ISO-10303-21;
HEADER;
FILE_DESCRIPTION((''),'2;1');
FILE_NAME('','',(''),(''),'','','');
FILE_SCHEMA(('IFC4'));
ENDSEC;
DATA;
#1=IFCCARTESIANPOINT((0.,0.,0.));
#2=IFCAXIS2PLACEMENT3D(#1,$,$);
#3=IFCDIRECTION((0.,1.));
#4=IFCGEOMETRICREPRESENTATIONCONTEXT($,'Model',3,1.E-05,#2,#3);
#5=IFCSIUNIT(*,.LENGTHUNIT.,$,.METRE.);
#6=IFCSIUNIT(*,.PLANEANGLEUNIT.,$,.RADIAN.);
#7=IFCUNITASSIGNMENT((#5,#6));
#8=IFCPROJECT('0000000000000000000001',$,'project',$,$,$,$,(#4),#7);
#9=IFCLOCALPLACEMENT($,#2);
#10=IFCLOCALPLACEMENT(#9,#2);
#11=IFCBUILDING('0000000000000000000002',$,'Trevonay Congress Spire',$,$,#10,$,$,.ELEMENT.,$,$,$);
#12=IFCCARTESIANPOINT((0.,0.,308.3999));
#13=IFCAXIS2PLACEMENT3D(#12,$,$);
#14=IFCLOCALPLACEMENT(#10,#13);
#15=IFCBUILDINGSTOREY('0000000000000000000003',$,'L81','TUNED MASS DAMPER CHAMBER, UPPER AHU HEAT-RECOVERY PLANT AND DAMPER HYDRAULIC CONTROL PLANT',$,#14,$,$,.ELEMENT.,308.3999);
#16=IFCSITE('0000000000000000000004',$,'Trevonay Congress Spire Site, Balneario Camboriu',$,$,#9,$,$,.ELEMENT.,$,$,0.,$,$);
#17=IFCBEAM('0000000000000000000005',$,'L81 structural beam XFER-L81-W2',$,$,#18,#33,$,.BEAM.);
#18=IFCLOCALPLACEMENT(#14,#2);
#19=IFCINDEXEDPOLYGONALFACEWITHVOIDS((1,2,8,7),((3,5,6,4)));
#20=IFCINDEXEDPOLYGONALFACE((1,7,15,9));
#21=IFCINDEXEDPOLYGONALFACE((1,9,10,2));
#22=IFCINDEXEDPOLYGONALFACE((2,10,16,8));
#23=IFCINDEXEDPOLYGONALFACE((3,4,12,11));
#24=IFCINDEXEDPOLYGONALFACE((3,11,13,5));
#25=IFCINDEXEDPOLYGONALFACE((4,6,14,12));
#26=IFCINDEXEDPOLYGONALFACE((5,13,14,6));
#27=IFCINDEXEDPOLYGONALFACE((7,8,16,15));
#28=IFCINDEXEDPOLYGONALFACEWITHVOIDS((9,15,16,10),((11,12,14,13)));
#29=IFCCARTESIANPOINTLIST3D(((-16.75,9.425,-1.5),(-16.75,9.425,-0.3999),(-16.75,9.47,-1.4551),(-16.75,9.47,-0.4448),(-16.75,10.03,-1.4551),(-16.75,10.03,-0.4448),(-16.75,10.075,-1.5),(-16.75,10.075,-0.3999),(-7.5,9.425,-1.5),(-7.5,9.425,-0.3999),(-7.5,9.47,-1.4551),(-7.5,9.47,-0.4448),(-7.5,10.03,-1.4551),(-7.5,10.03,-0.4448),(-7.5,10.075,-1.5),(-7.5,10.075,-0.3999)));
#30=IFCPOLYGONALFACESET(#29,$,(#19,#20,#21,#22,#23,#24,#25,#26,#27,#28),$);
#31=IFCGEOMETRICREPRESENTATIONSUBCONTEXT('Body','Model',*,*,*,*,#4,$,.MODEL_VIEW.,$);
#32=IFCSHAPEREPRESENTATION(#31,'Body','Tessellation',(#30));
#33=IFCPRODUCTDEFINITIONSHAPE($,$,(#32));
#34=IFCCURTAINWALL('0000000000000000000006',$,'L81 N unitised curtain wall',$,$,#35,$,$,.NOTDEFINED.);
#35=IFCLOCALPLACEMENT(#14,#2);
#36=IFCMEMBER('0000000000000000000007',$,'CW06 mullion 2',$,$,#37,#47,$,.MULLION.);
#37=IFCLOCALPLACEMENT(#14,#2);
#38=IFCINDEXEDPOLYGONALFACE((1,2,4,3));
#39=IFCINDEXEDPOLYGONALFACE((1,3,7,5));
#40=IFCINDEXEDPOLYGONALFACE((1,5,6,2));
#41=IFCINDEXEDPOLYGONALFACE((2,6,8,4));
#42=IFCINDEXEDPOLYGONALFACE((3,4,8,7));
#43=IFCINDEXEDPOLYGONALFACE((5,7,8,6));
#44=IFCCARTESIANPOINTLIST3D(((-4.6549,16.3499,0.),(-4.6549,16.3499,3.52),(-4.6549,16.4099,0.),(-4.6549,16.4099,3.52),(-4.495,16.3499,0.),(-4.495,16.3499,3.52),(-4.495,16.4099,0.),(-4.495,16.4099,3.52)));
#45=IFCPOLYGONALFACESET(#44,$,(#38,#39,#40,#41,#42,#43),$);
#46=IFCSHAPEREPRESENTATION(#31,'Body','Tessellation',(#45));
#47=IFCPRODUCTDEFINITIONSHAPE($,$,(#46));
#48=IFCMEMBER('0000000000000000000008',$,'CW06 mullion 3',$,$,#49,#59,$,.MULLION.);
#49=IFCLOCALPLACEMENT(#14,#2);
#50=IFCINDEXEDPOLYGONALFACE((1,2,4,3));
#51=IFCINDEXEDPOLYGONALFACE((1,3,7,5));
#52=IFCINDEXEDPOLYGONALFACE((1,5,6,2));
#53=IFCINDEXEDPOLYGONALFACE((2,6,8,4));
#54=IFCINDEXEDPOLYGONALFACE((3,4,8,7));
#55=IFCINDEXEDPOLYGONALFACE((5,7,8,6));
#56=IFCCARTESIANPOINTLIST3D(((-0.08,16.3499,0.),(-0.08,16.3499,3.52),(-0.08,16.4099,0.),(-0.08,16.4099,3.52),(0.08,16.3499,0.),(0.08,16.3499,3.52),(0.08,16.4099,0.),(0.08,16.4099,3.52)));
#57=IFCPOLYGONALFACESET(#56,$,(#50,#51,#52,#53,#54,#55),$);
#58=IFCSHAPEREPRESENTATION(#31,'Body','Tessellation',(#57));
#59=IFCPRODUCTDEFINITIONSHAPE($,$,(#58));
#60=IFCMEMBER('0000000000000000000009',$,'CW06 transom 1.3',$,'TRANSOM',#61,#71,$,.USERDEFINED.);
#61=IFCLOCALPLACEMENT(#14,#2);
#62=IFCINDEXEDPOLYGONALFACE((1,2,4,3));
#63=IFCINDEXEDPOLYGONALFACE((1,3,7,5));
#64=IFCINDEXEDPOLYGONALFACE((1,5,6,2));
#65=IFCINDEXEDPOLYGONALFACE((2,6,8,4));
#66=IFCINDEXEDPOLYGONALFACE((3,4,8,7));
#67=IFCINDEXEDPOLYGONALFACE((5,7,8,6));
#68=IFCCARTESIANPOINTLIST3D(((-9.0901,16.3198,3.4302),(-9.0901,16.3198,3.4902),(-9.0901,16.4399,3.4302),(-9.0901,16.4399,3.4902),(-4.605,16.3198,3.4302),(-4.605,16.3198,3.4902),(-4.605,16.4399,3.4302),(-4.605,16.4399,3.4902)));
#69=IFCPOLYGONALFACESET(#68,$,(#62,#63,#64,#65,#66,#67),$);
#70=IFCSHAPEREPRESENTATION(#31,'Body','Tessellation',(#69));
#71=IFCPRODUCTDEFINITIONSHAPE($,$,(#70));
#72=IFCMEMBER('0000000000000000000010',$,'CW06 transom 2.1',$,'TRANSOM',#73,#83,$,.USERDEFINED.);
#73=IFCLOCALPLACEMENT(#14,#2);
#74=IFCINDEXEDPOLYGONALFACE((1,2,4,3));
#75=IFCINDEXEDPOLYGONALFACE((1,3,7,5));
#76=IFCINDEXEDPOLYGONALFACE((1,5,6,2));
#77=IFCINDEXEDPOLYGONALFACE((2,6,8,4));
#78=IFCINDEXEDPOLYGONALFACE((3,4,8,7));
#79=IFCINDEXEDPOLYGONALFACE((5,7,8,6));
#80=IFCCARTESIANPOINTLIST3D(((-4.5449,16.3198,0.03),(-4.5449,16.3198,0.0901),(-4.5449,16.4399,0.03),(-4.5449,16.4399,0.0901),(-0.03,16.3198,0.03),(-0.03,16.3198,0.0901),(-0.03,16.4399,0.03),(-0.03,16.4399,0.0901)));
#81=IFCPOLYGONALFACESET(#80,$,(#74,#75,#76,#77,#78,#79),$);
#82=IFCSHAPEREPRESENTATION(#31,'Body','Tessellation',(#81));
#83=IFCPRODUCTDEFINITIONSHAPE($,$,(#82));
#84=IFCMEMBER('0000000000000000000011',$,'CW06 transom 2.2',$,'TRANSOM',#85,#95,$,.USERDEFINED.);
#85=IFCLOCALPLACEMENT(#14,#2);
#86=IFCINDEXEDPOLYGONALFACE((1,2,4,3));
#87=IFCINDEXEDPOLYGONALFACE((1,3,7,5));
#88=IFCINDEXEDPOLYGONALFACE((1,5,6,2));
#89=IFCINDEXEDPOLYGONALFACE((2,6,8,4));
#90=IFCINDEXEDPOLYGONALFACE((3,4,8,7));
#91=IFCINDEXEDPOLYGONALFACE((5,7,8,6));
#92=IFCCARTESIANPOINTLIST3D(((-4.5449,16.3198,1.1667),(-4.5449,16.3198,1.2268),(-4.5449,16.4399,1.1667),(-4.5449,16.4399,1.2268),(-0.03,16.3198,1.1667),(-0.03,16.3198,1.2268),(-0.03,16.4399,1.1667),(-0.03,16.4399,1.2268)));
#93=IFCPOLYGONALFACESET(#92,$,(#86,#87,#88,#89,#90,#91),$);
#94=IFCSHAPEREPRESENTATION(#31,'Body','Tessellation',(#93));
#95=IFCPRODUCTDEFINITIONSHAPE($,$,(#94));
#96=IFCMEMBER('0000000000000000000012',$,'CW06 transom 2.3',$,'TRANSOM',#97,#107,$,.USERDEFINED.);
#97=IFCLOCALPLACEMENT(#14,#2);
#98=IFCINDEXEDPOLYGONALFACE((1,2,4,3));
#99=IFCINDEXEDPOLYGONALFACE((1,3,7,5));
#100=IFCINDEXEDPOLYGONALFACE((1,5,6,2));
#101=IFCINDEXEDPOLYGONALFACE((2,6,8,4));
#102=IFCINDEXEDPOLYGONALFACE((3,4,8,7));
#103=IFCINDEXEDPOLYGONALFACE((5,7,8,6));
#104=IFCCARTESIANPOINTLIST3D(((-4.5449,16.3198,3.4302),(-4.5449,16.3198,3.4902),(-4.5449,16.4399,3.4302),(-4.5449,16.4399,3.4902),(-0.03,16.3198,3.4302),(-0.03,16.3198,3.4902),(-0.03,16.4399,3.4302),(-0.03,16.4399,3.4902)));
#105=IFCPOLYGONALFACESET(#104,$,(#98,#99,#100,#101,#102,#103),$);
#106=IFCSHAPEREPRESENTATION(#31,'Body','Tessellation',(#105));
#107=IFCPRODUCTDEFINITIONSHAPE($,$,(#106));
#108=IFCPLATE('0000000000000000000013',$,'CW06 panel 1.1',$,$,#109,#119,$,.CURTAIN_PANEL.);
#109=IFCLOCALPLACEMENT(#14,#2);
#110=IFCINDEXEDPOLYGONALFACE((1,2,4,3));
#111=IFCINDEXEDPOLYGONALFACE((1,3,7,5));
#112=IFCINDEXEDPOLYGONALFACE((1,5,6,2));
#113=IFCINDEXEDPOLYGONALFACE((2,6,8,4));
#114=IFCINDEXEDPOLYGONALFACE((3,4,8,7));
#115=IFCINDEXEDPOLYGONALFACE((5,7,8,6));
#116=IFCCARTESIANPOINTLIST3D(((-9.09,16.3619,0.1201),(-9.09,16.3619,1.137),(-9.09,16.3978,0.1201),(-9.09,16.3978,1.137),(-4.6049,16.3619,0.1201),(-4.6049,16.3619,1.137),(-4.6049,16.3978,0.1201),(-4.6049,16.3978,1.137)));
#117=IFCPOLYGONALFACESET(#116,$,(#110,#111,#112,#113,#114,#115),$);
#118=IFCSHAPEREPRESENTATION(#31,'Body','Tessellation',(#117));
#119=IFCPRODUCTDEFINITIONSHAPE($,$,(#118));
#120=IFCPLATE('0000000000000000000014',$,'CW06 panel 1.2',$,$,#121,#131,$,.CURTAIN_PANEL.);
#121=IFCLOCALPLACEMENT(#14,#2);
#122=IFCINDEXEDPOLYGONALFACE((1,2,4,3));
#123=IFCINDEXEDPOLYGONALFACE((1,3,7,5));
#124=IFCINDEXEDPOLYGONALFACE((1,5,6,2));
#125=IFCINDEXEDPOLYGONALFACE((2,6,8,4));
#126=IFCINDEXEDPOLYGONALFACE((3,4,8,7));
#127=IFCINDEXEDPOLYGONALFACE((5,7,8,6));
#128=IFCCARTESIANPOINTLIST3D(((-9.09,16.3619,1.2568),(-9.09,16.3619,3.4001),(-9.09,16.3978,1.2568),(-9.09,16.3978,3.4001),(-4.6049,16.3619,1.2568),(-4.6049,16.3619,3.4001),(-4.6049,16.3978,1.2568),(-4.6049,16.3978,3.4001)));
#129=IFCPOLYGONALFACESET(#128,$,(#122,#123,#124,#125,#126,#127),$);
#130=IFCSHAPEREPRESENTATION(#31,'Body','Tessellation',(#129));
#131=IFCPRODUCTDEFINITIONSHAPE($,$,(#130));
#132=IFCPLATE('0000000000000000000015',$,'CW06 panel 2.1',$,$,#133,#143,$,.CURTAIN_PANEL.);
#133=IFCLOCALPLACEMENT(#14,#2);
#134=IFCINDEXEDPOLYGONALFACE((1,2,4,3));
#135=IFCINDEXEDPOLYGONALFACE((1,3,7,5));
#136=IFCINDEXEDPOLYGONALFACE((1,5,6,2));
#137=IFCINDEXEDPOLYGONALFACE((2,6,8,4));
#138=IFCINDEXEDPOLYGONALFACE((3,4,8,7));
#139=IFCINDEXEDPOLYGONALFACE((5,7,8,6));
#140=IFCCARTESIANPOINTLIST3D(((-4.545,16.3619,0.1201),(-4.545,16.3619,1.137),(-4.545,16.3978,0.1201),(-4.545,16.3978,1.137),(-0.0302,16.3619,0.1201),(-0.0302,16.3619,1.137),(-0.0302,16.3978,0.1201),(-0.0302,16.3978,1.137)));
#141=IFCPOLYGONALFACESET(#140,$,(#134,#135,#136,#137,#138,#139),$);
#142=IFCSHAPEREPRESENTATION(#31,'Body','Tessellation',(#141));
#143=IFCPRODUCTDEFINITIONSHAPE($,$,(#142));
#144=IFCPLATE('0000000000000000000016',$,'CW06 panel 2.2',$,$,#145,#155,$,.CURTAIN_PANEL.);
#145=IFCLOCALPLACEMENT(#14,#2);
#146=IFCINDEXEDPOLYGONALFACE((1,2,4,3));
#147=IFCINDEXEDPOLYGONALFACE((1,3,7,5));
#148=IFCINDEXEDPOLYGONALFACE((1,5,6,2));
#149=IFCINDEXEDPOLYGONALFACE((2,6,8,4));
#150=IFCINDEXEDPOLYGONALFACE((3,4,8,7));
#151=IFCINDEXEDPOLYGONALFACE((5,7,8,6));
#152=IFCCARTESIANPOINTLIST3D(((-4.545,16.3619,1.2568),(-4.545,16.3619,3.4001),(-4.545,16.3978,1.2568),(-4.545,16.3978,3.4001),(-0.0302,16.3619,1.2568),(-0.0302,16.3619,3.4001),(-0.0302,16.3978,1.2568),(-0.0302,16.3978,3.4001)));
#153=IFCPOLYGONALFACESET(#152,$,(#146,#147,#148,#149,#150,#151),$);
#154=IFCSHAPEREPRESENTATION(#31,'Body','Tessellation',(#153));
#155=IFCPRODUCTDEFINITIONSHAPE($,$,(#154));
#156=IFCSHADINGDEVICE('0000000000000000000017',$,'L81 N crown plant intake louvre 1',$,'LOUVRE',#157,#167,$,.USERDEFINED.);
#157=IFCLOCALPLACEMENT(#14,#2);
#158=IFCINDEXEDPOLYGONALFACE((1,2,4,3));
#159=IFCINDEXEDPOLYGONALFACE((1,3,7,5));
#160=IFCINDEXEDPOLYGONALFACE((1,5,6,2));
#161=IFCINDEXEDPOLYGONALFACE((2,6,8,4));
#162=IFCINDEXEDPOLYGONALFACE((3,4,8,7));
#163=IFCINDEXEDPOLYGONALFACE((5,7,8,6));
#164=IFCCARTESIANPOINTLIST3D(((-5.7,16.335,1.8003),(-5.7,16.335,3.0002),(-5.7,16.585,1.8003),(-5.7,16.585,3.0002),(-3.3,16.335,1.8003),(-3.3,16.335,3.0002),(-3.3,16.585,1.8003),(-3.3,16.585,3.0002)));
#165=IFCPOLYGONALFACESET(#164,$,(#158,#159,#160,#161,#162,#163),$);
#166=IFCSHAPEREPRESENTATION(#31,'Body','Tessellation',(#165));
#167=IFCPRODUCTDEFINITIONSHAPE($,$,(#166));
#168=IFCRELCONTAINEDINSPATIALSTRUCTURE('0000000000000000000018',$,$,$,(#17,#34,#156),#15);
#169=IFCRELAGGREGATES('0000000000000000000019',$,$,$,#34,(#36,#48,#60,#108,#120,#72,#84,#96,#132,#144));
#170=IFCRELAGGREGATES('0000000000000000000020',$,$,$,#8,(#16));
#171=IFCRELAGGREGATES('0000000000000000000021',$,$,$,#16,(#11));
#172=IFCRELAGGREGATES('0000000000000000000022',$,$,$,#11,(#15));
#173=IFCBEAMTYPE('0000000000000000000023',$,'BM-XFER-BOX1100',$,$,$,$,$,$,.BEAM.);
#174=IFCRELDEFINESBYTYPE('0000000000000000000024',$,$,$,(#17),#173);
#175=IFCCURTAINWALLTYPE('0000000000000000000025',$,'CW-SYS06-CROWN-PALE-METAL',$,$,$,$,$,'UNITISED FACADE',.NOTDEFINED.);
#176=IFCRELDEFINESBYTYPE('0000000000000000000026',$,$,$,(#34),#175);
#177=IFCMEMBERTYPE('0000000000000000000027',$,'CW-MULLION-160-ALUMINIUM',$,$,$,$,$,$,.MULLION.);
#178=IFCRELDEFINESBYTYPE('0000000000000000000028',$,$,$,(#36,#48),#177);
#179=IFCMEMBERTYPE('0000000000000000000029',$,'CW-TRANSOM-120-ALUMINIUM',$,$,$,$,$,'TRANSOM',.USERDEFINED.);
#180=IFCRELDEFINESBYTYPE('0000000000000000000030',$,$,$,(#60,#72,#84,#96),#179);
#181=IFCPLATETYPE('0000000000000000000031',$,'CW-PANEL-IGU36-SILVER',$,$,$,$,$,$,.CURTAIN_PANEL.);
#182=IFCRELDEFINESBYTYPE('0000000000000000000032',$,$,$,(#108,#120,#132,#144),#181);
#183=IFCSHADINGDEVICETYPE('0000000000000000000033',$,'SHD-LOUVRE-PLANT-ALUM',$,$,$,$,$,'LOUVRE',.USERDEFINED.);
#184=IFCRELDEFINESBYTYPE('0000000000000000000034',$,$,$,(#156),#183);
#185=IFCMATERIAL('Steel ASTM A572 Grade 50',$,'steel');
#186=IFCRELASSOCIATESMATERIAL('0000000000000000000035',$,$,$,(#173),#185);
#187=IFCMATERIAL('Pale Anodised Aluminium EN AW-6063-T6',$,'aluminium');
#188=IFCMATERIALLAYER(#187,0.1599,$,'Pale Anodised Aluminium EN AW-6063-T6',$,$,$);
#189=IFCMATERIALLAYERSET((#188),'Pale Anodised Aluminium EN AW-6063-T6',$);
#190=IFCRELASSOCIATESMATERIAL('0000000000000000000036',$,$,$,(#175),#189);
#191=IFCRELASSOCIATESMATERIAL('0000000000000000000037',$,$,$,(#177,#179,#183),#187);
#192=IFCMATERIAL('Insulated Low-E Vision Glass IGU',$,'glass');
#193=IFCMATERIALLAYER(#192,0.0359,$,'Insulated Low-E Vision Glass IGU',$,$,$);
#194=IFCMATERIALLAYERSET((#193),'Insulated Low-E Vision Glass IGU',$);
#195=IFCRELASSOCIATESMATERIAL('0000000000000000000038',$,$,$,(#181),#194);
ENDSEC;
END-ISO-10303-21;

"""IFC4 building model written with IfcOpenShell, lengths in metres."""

from ifc_helpers import new_model, si_unit, direction, frame, origin, origin_2d, place, context, subcontext, project, spatial, rectangle, hollow_rectangle, extrude, material, layer, layer_set, material_profile, profile_set, type_object, element, aggregate, save


model = new_model("IFC4")

# Units and contexts
model_context = context("Model", 3, precision=1e-05, world=origin(), true_north=direction((0.0, 1.0)))
body_context = subcontext(model_context, "Body", "Model", "MODEL_VIEW")
ifc_project = project(units=[si_unit("LENGTHUNIT", "METRE"), si_unit("PLANEANGLEUNIT", "RADIAN")], contexts=[model_context])

# Site, building, storey
site_placement = place(None, origin())
site = spatial("IfcSite", under=ifc_project, at=site_placement, Name="Trevonay Congress Spire Site, Balneario Camboriu", CompositionType="ELEMENT", RefElevation=0.0)
building_placement = place(site_placement, origin())
building = spatial("IfcBuilding", under=site, at=building_placement, Name="Trevonay Congress Spire", CompositionType="ELEMENT")
storey_placement = place(building_placement, frame((0.0, 0.0, 308.3999)))
storey = spatial("IfcBuildingStorey", under=building, at=storey_placement, Name="L81", Description="TUNED MASS DAMPER CHAMBER, UPPER AHU HEAT-RECOVERY PLANT AND DAMPER HYDRAULIC CONTROL PLANT", CompositionType="ELEMENT", Elevation=308.3999)

# Shared definitions
ifc_material_1 = material(Name="Steel ASTM A572 Grade 50", Category="steel")

# Beam
ifc_material_profile_1 = material_profile(ifc_material_1, hollow_rectangle(XDim=0.6499, YDim=1.1001, WallThickness=0.0449, at=origin_2d()), Name="BOX 1100x650x45")
ifc_profile_set_1 = profile_set([ifc_material_profile_1], Name="Steel ASTM A572 Grade 50")
beam_type_1 = type_object("IfcBeamType", Name="BM-XFER-BOX1100", PredefinedType="BEAM", material=ifc_profile_set_1)
for number, where, z_axis, x_axis, name in (
    (1, (-7.5, 9.75, -0.95), (-1.0, 0.0, 0.0), (0.0, -1.0, 0.0), "L81 structural beam XFER-L81-W2"),
):
    element("IfcBeam", number, at=place(storey_placement, frame(where, z_axis=z_axis, x_axis=x_axis)), inside=storey, type_object=beam_type_1, Name=name, PredefinedType="BEAM", context=body_context, shape_type="SweptSolid", body=[
        extrude(hollow_rectangle(XDim=0.6499, YDim=1.1001, WallThickness=0.0449, at=origin_2d()), origin(), (0.0, 0.0, 1.0), 9.25),
    ])

# Curtain wall, members, plates
ifc_material_2 = material(Name="Pale Anodised Aluminium EN AW-6063-T6", Category="aluminium")
ifc_layer_1 = layer(ifc_material_2, 0.1599, Name="Pale Anodised Aluminium EN AW-6063-T6")
ifc_layer_set_1 = layer_set([ifc_layer_1], Name="Pale Anodised Aluminium EN AW-6063-T6")
curtain_wall_type = type_object("IfcCurtainWallType", Name="CW-SYS06-CROWN-PALE-METAL", ElementType="UNITISED FACADE", PredefinedType="NOTDEFINED", material=ifc_layer_set_1)
curtain_wall_placement = place(storey_placement, origin())
curtain_wall = element("IfcCurtainWall", 2, at=curtain_wall_placement, inside=storey, type_object=curtain_wall_type, Name="L81 N unitised curtain wall", PredefinedType="NOTDEFINED")
ifc_material_profile_2 = material_profile(ifc_material_2, rectangle(XDim=0.0601, YDim=0.1599, at=origin_2d()), Name="CW-MULLION-160-ALUMINIUM")
ifc_profile_set_2 = profile_set([ifc_material_profile_2], Name="Pale Anodised Aluminium EN AW-6063-T6")
member_type_1 = type_object("IfcMemberType", Name="CW-MULLION-160-ALUMINIUM", PredefinedType="MULLION", material=ifc_profile_set_2)
member_1_placement = place(storey_placement, frame((-4.575, 16.3799, 0.0), z_axis=(0.0, 0.0, 1.0), x_axis=(0.0, 1.0, 0.0)))
member_1 = element("IfcMember", 3, at=member_1_placement, type_object=member_type_1, Name="CW06 mullion 2", PredefinedType="MULLION", context=body_context, shape_type="SweptSolid", body=[
    extrude(rectangle(XDim=0.0601, YDim=0.1599, at=origin_2d()), origin(), (0.0, 0.0, 1.0), 3.52),
])
member_2_placement = place(storey_placement, frame((0.0, 16.3799, 0.0), z_axis=(0.0, 0.0, 1.0), x_axis=(0.0, 1.0, 0.0)))
member_2 = element("IfcMember", 4, at=member_2_placement, type_object=member_type_1, Name="CW06 mullion 3", PredefinedType="MULLION", context=body_context, shape_type="SweptSolid", body=[
    extrude(rectangle(XDim=0.0601, YDim=0.1599, at=origin_2d()), origin(), (0.0, 0.0, 1.0), 3.52),
])
ifc_material_profile_3 = material_profile(ifc_material_2, rectangle(XDim=0.1201, YDim=0.0601, at=origin_2d()), Name="CW-TRANSOM-120-ALUMINIUM")
ifc_profile_set_3 = profile_set([ifc_material_profile_3], Name="Pale Anodised Aluminium EN AW-6063-T6")
member_type_2 = type_object("IfcMemberType", Name="CW-TRANSOM-120-ALUMINIUM", ElementType="TRANSOM", PredefinedType="USERDEFINED", material=ifc_profile_set_3)
member_3_placement = place(storey_placement, frame((-9.0901, 16.3799, 3.4602), z_axis=(1.0, 0.0, 0.0), x_axis=(0.0, 1.0, 0.0)))
member_3 = element("IfcMember", 5, at=member_3_placement, type_object=member_type_2, Name="CW06 transom 1.3", ObjectType="TRANSOM", PredefinedType="USERDEFINED", context=body_context, shape_type="SweptSolid", body=[
    extrude(rectangle(XDim=0.1201, YDim=0.0601, at=origin_2d()), origin(), (0.0, 0.0, 1.0), 4.4851),
])
member_4_placement = place(storey_placement, frame((-4.5449, 16.3799, 0.0601), z_axis=(1.0, 0.0, 0.0), x_axis=(0.0, 1.0, 0.0)))
member_4 = element("IfcMember", 6, at=member_4_placement, type_object=member_type_2, Name="CW06 transom 2.1", ObjectType="TRANSOM", PredefinedType="USERDEFINED", context=body_context, shape_type="SweptSolid", body=[
    extrude(rectangle(XDim=0.1201, YDim=0.0601, at=origin_2d()), origin(), (0.0, 0.0, 1.0), 4.5149),
])
member_5_placement = place(storey_placement, frame((-4.5449, 16.3799, 1.1968), z_axis=(1.0, 0.0, 0.0), x_axis=(0.0, 1.0, 0.0)))
member_5 = element("IfcMember", 7, at=member_5_placement, type_object=member_type_2, Name="CW06 transom 2.2", ObjectType="TRANSOM", PredefinedType="USERDEFINED", context=body_context, shape_type="SweptSolid", body=[
    extrude(rectangle(XDim=0.1201, YDim=0.0601, at=origin_2d()), origin(), (0.0, 0.0, 1.0), 4.5149),
])
member_6_placement = place(storey_placement, frame((-4.5449, 16.3799, 3.4602), z_axis=(1.0, 0.0, 0.0), x_axis=(0.0, 1.0, 0.0)))
member_6 = element("IfcMember", 8, at=member_6_placement, type_object=member_type_2, Name="CW06 transom 2.3", ObjectType="TRANSOM", PredefinedType="USERDEFINED", context=body_context, shape_type="SweptSolid", body=[
    extrude(rectangle(XDim=0.1201, YDim=0.0601, at=origin_2d()), origin(), (0.0, 0.0, 1.0), 4.5149),
])
ifc_material_3 = material(Name="Insulated Low-E Vision Glass IGU", Category="glass")
ifc_layer_2 = layer(ifc_material_3, 0.0359, Name="Insulated Low-E Vision Glass IGU")
ifc_layer_set_2 = layer_set([ifc_layer_2], Name="Insulated Low-E Vision Glass IGU")
plate_type = type_object("IfcPlateType", Name="CW-PANEL-IGU36-SILVER", PredefinedType="CURTAIN_PANEL", material=ifc_layer_set_2)
plate_1_placement = place(storey_placement, frame((-6.8474, 16.3799, 0.1201), z_axis=(0.0, 0.0, 1.0), x_axis=(1.0, 0.0, 0.0)))
plate_1 = element("IfcPlate", 9, at=plate_1_placement, type_object=plate_type, Name="CW06 panel 1.1", PredefinedType="CURTAIN_PANEL", context=body_context, shape_type="SweptSolid", body=[
    extrude(rectangle(XDim=4.4851, YDim=0.0359, at=origin_2d()), origin(), (0.0, 0.0, 1.0), 1.0168),
])
plate_2_placement = place(storey_placement, frame((-6.8474, 16.3799, 1.2568), z_axis=(0.0, 0.0, 1.0), x_axis=(1.0, 0.0, 0.0)))
plate_2 = element("IfcPlate", 10, at=plate_2_placement, type_object=plate_type, Name="CW06 panel 1.2", PredefinedType="CURTAIN_PANEL", context=body_context, shape_type="SweptSolid", body=[
    extrude(rectangle(XDim=4.4851, YDim=0.0359, at=origin_2d()), origin(), (0.0, 0.0, 1.0), 2.1433),
])
plate_3_placement = place(storey_placement, frame((-2.2876, 16.3799, 0.1201), z_axis=(0.0, 0.0, 1.0), x_axis=(1.0, 0.0, 0.0)))
plate_3 = element("IfcPlate", 11, at=plate_3_placement, type_object=plate_type, Name="CW06 panel 2.1", PredefinedType="CURTAIN_PANEL", context=body_context, shape_type="SweptSolid", body=[
    extrude(rectangle(XDim=4.5149, YDim=0.0359, at=origin_2d()), origin(), (0.0, 0.0, 1.0), 1.0168),
])
plate_4_placement = place(storey_placement, frame((-2.2876, 16.3799, 1.2568), z_axis=(0.0, 0.0, 1.0), x_axis=(1.0, 0.0, 0.0)))
plate_4 = element("IfcPlate", 12, at=plate_4_placement, type_object=plate_type, Name="CW06 panel 2.2", PredefinedType="CURTAIN_PANEL", context=body_context, shape_type="SweptSolid", body=[
    extrude(rectangle(XDim=4.5149, YDim=0.0359, at=origin_2d()), origin(), (0.0, 0.0, 1.0), 2.1433),
])
aggregate(curtain_wall, [member_1, member_2, member_3, plate_1, plate_2, member_4, member_5, member_6, plate_3, plate_4])

# Shading device
shading_device_type = type_object("IfcShadingDeviceType", Name="SHD-LOUVRE-PLANT-ALUM", ElementType="LOUVRE", PredefinedType="USERDEFINED", material=ifc_material_2)
shading_device_placement = place(storey_placement, frame((-4.5, 16.46, 1.8003), z_axis=(0.0, 0.0, 1.0), x_axis=(1.0, 0.0, 0.0)))
element("IfcShadingDevice", 13, at=shading_device_placement, inside=storey, type_object=shading_device_type, Name="L81 N crown plant intake louvre 1", ObjectType="LOUVRE", PredefinedType="USERDEFINED", context=body_context, shape_type="SweptSolid", body=[
    extrude(rectangle(XDim=2.3999, YDim=0.25, at=origin_2d()), origin(), (0.0, 0.0, 1.0), 1.2),
])

save(model, "model.ifc")
